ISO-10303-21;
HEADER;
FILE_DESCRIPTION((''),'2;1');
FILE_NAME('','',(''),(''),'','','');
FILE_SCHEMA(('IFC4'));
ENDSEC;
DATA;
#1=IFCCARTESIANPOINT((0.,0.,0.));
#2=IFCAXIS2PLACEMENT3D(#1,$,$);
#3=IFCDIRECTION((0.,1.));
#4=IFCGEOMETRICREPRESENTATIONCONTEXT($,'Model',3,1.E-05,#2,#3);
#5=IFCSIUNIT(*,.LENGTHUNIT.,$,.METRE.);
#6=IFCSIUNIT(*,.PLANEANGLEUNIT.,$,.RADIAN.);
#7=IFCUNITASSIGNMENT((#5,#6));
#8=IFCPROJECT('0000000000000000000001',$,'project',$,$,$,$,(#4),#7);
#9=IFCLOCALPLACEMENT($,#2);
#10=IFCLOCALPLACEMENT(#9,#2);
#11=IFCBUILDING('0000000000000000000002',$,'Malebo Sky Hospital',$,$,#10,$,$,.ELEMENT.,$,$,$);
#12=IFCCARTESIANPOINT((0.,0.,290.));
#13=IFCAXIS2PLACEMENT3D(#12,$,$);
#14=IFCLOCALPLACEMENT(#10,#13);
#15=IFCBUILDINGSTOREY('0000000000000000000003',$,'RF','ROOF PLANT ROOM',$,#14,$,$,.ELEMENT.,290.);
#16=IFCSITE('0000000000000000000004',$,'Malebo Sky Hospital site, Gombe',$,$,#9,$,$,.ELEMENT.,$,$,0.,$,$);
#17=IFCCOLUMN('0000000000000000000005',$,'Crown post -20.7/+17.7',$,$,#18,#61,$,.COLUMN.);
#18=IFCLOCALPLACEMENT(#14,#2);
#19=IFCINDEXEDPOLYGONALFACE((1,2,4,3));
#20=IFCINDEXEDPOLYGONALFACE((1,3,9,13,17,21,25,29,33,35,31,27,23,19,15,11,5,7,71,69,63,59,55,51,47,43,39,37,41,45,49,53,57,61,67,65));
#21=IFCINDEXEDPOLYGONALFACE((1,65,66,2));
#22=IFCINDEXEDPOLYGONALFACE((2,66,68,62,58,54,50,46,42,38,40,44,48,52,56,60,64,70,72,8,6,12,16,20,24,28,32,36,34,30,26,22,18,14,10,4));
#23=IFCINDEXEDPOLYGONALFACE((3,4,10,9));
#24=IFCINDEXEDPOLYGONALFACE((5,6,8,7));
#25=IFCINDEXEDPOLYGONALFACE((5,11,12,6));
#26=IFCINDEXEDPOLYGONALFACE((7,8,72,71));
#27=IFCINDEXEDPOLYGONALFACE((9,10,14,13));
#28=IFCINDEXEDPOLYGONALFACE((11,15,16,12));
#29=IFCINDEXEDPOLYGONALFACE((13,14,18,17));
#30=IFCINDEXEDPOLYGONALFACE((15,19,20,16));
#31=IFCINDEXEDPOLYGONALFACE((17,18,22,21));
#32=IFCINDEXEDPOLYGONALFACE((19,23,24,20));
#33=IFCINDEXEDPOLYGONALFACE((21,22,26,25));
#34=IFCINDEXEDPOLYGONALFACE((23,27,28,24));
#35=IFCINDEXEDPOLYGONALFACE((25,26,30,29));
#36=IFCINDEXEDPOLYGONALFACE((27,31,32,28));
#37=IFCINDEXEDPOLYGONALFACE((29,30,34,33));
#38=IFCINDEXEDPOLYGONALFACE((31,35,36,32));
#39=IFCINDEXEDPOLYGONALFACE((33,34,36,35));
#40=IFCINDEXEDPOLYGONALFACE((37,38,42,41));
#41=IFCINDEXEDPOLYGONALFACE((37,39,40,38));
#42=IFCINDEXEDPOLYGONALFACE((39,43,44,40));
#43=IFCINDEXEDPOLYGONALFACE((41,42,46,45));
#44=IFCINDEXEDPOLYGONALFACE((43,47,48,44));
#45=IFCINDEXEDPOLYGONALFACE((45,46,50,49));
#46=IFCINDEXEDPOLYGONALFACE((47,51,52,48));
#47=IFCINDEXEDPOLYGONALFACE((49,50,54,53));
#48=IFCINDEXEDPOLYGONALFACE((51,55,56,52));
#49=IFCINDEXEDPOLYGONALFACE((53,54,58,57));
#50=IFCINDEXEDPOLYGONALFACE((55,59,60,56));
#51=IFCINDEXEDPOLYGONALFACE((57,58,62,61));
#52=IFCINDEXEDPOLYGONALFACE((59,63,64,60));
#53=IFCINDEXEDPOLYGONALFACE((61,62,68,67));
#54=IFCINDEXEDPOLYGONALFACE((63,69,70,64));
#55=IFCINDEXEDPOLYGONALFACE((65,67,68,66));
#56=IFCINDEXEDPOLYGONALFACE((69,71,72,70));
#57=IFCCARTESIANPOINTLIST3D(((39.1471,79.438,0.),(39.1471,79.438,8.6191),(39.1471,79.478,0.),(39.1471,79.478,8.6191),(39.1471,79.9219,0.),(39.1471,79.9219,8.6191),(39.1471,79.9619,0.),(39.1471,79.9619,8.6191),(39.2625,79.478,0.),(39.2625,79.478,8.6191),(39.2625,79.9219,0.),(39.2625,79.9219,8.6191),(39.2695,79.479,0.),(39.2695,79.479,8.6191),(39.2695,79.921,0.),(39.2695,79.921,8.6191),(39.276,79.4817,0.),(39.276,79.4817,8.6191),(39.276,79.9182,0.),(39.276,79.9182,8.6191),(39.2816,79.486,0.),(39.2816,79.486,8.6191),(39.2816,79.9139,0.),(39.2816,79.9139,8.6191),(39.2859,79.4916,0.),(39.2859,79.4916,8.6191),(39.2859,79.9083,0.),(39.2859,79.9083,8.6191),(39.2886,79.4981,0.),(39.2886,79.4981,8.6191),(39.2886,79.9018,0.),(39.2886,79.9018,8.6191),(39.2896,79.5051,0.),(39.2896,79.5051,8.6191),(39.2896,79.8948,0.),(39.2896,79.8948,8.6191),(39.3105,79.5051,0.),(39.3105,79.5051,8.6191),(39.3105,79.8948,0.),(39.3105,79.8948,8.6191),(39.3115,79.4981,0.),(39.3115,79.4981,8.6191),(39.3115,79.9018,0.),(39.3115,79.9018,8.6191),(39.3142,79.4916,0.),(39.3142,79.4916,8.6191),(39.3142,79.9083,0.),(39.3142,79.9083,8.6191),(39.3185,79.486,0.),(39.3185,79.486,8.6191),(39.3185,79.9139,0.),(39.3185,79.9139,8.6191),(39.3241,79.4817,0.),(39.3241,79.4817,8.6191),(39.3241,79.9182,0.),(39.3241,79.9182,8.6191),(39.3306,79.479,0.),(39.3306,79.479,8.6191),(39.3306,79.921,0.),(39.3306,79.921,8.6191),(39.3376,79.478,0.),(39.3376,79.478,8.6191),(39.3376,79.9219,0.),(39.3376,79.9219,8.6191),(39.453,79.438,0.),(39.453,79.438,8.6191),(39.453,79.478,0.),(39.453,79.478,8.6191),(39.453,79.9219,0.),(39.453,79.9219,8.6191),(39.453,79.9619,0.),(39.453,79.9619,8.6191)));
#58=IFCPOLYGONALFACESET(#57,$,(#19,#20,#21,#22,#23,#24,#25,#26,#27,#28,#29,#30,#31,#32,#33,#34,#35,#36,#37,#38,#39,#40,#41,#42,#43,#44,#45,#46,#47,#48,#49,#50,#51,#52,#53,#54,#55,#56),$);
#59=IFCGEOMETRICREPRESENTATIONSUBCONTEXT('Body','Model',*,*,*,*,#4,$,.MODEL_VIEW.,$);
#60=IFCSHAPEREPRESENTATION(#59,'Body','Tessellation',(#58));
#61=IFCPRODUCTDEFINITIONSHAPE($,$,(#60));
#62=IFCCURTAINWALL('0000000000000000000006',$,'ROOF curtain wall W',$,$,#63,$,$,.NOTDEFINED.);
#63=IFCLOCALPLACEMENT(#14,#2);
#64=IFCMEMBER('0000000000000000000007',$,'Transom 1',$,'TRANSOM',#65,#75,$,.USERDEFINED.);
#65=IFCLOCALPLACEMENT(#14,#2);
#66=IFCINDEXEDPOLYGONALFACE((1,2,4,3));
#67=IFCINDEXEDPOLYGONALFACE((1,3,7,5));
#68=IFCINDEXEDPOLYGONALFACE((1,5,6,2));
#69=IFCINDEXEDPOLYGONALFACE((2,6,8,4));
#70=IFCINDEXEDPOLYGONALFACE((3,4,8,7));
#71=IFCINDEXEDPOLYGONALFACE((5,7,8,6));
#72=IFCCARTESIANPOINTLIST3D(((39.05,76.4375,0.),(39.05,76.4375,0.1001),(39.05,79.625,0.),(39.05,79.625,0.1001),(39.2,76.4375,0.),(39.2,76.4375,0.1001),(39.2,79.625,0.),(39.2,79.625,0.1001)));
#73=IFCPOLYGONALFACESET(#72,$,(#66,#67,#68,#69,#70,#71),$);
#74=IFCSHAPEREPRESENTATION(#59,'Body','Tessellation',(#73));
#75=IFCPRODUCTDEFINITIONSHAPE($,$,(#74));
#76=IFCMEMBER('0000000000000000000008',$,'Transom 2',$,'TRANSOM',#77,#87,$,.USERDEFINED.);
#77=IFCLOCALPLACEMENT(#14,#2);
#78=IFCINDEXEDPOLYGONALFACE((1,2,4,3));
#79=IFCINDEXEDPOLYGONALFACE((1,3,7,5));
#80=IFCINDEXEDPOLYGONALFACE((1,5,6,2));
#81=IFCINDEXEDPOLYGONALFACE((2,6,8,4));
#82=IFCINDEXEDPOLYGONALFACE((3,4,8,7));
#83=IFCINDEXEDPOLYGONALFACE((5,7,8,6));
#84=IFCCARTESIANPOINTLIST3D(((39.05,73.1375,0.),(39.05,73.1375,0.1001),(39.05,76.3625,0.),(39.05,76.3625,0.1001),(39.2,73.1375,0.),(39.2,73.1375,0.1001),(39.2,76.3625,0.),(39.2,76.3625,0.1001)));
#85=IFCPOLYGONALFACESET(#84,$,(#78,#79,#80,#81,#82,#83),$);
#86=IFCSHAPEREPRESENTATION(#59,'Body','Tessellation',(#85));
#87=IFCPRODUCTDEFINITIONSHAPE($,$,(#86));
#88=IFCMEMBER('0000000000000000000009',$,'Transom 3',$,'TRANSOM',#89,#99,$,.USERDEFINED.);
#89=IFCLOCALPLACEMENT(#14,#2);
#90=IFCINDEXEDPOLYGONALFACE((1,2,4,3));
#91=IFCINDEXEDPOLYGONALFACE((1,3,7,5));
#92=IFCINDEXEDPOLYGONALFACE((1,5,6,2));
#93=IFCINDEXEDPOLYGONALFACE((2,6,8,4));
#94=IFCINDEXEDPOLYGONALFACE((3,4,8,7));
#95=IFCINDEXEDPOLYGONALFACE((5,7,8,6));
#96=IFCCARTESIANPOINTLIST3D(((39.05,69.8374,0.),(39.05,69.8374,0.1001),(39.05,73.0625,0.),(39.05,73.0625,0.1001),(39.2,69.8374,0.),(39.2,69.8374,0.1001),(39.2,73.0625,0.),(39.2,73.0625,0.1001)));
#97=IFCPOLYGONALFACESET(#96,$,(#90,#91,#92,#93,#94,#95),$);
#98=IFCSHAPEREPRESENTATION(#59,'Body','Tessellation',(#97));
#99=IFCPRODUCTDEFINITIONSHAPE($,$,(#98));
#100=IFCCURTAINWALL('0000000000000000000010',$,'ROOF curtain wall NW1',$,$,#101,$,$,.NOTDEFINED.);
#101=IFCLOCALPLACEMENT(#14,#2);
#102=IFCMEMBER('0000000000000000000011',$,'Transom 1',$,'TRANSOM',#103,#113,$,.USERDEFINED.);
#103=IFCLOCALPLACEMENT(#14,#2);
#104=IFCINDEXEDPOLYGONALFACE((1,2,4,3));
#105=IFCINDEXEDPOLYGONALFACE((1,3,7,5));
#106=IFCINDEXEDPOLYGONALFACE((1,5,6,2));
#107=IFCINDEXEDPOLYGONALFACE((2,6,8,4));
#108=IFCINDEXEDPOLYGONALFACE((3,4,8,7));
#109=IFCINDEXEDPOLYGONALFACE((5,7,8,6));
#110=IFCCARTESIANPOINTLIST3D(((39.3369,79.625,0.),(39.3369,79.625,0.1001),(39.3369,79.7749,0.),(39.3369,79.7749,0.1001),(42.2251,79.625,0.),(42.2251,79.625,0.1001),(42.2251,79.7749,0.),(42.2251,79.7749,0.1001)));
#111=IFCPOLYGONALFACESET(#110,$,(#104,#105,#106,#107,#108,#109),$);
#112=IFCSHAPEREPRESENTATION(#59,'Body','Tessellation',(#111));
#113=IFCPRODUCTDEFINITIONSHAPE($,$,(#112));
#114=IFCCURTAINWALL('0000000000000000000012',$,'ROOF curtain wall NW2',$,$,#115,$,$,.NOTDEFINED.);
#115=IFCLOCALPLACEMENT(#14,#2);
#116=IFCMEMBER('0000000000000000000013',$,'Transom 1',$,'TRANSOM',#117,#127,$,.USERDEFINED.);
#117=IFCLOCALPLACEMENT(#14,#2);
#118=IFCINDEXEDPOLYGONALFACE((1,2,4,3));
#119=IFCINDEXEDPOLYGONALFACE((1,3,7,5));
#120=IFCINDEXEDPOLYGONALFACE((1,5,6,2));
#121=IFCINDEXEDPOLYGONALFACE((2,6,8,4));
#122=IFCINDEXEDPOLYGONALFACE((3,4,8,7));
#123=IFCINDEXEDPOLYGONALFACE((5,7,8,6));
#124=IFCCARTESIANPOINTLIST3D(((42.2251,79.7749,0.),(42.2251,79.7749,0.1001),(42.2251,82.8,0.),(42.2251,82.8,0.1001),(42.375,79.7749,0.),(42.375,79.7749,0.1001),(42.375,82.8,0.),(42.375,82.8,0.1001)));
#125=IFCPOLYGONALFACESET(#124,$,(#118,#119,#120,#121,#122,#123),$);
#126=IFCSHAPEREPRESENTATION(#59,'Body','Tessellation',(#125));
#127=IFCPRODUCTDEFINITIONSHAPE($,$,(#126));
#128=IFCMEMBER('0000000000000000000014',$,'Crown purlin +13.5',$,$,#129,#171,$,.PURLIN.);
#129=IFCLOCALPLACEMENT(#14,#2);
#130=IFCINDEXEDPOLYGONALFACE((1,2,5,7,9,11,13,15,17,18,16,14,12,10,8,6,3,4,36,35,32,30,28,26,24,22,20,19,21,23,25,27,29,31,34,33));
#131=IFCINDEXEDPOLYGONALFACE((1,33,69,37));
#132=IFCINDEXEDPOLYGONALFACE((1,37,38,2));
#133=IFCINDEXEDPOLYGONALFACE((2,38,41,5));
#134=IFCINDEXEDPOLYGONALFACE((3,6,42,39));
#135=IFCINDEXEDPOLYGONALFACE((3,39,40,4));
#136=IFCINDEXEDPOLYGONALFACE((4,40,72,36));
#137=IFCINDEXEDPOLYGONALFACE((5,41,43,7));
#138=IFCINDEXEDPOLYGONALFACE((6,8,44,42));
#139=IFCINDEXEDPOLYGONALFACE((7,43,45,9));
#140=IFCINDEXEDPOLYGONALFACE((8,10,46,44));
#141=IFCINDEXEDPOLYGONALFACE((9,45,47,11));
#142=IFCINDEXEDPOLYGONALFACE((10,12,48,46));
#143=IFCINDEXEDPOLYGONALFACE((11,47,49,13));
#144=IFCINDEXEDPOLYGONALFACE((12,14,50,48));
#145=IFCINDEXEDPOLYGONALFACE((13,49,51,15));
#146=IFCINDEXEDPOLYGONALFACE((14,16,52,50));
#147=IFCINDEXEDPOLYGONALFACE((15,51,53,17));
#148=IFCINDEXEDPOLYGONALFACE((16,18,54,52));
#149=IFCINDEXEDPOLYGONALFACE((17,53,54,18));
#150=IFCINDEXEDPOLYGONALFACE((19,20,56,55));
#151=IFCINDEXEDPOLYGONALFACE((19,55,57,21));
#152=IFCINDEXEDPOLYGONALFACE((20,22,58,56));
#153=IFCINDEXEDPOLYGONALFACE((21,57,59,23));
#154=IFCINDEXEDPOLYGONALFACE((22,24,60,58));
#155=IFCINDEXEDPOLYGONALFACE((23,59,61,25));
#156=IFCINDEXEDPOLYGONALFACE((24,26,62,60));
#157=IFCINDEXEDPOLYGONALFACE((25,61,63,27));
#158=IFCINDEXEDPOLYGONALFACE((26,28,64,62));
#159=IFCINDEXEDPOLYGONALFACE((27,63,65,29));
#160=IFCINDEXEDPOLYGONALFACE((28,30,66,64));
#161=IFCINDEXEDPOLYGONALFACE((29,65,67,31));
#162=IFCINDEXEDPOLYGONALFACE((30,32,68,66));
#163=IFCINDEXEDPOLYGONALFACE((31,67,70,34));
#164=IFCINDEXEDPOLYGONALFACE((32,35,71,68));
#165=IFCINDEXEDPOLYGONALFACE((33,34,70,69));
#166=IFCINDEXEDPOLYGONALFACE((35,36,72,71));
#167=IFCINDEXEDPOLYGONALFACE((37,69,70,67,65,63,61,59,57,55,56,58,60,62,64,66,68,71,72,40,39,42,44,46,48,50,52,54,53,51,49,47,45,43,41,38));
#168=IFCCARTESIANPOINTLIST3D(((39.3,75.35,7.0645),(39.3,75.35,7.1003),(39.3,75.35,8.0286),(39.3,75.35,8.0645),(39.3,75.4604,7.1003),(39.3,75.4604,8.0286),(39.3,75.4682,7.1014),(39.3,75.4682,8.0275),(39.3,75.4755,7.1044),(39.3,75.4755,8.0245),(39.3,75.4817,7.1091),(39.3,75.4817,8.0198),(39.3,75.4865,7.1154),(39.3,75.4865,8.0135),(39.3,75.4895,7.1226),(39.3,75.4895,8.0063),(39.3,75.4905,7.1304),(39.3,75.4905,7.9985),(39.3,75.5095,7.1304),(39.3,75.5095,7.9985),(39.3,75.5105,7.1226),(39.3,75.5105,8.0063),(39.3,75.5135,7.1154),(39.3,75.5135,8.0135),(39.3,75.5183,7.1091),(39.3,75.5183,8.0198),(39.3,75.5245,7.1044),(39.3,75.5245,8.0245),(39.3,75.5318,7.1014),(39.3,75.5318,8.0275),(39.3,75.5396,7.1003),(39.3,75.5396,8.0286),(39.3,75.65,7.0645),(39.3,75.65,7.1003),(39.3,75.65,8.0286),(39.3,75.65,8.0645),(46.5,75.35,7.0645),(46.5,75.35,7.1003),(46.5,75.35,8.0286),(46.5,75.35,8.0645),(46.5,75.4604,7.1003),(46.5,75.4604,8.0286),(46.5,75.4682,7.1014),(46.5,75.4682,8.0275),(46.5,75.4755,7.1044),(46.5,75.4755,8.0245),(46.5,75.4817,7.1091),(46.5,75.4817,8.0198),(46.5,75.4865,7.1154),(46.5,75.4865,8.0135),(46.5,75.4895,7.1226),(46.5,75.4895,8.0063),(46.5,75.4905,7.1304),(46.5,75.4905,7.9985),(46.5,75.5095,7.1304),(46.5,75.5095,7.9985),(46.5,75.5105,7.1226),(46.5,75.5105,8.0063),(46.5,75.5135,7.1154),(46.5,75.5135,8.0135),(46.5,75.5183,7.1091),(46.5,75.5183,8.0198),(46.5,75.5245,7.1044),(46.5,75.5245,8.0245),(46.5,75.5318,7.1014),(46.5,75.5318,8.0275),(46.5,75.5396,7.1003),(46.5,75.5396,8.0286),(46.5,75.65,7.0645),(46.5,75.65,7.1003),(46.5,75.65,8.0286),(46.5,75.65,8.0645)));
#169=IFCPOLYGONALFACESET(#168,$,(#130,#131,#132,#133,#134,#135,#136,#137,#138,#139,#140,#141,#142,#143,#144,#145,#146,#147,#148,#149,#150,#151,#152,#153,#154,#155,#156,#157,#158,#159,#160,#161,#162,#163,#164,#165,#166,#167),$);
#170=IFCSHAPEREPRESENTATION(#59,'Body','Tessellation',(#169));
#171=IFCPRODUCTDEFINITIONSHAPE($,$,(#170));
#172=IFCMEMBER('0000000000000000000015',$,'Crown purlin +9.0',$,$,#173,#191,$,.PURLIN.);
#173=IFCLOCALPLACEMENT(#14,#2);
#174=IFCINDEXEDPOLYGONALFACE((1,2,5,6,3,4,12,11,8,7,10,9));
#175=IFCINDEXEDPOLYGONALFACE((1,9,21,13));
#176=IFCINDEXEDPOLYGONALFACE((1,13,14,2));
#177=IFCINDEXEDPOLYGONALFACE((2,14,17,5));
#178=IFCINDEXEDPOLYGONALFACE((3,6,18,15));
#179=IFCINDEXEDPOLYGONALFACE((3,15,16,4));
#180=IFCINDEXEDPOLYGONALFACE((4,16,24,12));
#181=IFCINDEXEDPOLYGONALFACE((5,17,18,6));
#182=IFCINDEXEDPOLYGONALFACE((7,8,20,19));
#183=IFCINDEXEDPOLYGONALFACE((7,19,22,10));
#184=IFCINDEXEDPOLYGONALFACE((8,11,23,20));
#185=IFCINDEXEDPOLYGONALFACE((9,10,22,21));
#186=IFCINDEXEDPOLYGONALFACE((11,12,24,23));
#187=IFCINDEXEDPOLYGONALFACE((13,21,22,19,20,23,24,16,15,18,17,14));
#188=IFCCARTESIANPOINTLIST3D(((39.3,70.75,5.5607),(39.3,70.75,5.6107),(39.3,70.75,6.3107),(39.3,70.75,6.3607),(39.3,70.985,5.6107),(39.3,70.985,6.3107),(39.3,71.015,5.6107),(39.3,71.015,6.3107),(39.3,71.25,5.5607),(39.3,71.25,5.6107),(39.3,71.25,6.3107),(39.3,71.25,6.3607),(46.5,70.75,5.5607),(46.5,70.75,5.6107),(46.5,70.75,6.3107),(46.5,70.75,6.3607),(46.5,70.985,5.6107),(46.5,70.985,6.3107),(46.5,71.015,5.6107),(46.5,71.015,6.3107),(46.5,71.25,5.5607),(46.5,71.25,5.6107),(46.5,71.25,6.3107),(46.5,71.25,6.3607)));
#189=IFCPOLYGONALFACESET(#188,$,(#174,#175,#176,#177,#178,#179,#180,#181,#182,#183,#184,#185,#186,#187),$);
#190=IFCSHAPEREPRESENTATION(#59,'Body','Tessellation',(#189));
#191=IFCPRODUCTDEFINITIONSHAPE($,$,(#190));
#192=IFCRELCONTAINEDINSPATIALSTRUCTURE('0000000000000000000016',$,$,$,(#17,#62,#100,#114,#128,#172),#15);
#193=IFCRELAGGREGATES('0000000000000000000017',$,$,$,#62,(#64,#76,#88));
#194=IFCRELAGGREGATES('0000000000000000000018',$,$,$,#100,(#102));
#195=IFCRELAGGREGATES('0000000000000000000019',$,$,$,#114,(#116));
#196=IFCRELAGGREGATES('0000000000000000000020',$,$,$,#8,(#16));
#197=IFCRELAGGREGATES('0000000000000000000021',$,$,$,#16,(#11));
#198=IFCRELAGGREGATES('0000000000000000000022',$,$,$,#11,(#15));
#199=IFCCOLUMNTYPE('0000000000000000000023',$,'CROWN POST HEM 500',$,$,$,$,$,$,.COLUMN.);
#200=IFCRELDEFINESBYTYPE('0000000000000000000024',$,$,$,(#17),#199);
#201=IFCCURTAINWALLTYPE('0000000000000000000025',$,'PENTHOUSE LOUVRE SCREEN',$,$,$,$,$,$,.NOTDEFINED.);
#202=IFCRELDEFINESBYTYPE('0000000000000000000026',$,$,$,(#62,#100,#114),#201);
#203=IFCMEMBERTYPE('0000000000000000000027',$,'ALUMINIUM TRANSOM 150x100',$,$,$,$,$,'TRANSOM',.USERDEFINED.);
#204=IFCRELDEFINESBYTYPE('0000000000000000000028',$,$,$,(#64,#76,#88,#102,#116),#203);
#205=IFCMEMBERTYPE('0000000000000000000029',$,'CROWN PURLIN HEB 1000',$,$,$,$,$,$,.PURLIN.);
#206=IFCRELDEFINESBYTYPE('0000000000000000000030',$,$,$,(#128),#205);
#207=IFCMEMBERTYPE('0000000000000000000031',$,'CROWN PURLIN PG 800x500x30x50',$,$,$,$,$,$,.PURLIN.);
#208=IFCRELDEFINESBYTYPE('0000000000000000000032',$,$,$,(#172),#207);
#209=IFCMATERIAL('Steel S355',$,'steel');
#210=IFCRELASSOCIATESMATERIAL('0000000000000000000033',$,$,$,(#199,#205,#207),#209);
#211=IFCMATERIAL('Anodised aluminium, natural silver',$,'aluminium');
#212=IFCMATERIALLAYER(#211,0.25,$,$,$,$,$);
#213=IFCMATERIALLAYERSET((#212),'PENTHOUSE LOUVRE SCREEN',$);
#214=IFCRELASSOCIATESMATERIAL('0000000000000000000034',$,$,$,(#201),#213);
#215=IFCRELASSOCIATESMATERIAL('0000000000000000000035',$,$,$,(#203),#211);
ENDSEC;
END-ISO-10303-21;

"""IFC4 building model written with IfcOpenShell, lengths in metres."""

from ifc_helpers import new_model, si_unit, direction, frame, origin, origin_2d, place, context, subcontext, project, spatial, rectangle, i_section, extrude, material, layer, layer_set, material_profile, profile_set, type_object, element, aggregate, save


model = new_model("IFC4")

# Units and contexts
model_context = context("Model", 3, precision=1e-05, world=origin(), true_north=direction((0.0, 1.0)))
body_context = subcontext(model_context, "Body", "Model", "MODEL_VIEW")
ifc_project = project(units=[si_unit("LENGTHUNIT", "METRE"), si_unit("PLANEANGLEUNIT", "RADIAN")], contexts=[model_context])

# Site, building, storey
site_placement = place(None, origin())
site = spatial("IfcSite", under=ifc_project, at=site_placement, Name="Malebo Sky Hospital site, Gombe", CompositionType="ELEMENT", RefElevation=0.0)
building_placement = place(site_placement, origin())
building = spatial("IfcBuilding", under=site, at=building_placement, Name="Malebo Sky Hospital", CompositionType="ELEMENT")
storey_placement = place(building_placement, frame((0.0, 0.0, 290.0)))
storey = spatial("IfcBuildingStorey", under=building, at=storey_placement, Name="RF", Description="ROOF PLANT ROOM", CompositionType="ELEMENT", Elevation=290.0)

# Column
ifc_material_1 = material(Name="Steel S355", Category="steel")
ifc_material_profile_1 = material_profile(ifc_material_1, i_section(OverallWidth=0.3059, OverallDepth=0.5239, WebThickness=0.021, FlangeThickness=0.04, FilletRadius=0.0271, at=origin_2d()), Name="HEM 500")
ifc_profile_set_1 = profile_set([ifc_material_profile_1], Name="Steel S355")
column_type = type_object("IfcColumnType", Name="CROWN POST HEM 500", PredefinedType="COLUMN", material=ifc_profile_set_1)
column_placement = place(storey_placement, frame((39.3, 79.7, 0.0), z_axis=(0.0, 0.0, 1.0), x_axis=(1.0, 0.0, 0.0)))
element("IfcColumn", 1, at=column_placement, inside=storey, type_object=column_type, Name="Crown post -20.7/+17.7", PredefinedType="COLUMN", context=body_context, shape_type="SweptSolid", body=[
    extrude(i_section(OverallWidth=0.3059, OverallDepth=0.5239, WebThickness=0.021, FlangeThickness=0.04, FilletRadius=0.0271, at=origin_2d()), origin(), (0.0, 0.0, 1.0), 8.6191),
])

# Curtain wall, members
ifc_material_2 = material(Name="Anodised aluminium, natural silver", Category="aluminium")
ifc_layer_1 = layer(ifc_material_2, 0.25)
ifc_layer_set_1 = layer_set([ifc_layer_1], Name="PENTHOUSE LOUVRE SCREEN")
curtain_wall_type = type_object("IfcCurtainWallType", Name="PENTHOUSE LOUVRE SCREEN", PredefinedType="NOTDEFINED", material=ifc_layer_set_1)
curtain_wall_1_placement = place(storey_placement, origin())
curtain_wall_1 = element("IfcCurtainWall", 2, at=curtain_wall_1_placement, inside=storey, type_object=curtain_wall_type, Name="ROOF curtain wall W", PredefinedType="NOTDEFINED")
ifc_material_profile_2 = material_profile(ifc_material_2, rectangle(XDim=0.1499, YDim=0.1001, at=origin_2d()), Name="ALUMINIUM TRANSOM 150x100")
ifc_profile_set_2 = profile_set([ifc_material_profile_2], Name="Anodised aluminium, natural silver")
member_type_1 = type_object("IfcMemberType", Name="ALUMINIUM TRANSOM 150x100", ElementType="TRANSOM", PredefinedType="USERDEFINED", material=ifc_profile_set_2)
member_1_placement = place(storey_placement, frame((39.125, 79.625, 0.05), z_axis=(0.0, -1.0, 0.0), x_axis=(1.0, 0.0, 0.0)))
member_1 = element("IfcMember", 3, at=member_1_placement, type_object=member_type_1, Name="Transom 1", ObjectType="TRANSOM", PredefinedType="USERDEFINED", context=body_context, shape_type="SweptSolid", body=[
    extrude(rectangle(XDim=0.1499, YDim=0.1001, at=origin_2d()), origin(), (0.0, 0.0, 1.0), 3.1875),
])
member_2_placement = place(storey_placement, frame((39.125, 76.3625, 0.05), z_axis=(0.0, -1.0, 0.0), x_axis=(1.0, 0.0, 0.0)))
member_2 = element("IfcMember", 4, at=member_2_placement, type_object=member_type_1, Name="Transom 2", ObjectType="TRANSOM", PredefinedType="USERDEFINED", context=body_context, shape_type="SweptSolid", body=[
    extrude(rectangle(XDim=0.1499, YDim=0.1001, at=origin_2d()), origin(), (0.0, 0.0, 1.0), 3.2251),
])
member_3_placement = place(storey_placement, frame((39.125, 73.0625, 0.05), z_axis=(0.0, -1.0, 0.0), x_axis=(1.0, 0.0, 0.0)))
member_3 = element("IfcMember", 5, at=member_3_placement, type_object=member_type_1, Name="Transom 3", ObjectType="TRANSOM", PredefinedType="USERDEFINED", context=body_context, shape_type="SweptSolid", body=[
    extrude(rectangle(XDim=0.1499, YDim=0.1001, at=origin_2d()), origin(), (0.0, 0.0, 1.0), 3.2251),
])

# Curtain walls, members
curtain_wall_2_placement = place(storey_placement, origin())
curtain_wall_2 = element("IfcCurtainWall", 6, at=curtain_wall_2_placement, inside=storey, type_object=curtain_wall_type, Name="ROOF curtain wall NW1", PredefinedType="NOTDEFINED")
member_4_placement = place(storey_placement, frame((39.3369, 79.7, 0.05), z_axis=(1.0, 0.0, 0.0), x_axis=(0.0, 1.0, 0.0)))
member_4 = element("IfcMember", 7, at=member_4_placement, type_object=member_type_1, Name="Transom 1", ObjectType="TRANSOM", PredefinedType="USERDEFINED", context=body_context, shape_type="SweptSolid", body=[
    extrude(rectangle(XDim=0.1499, YDim=0.1001, at=origin_2d()), origin(), (0.0, 0.0, 1.0), 2.8882),
])
curtain_wall_3_placement = place(storey_placement, origin())
curtain_wall_3 = element("IfcCurtainWall", 8, at=curtain_wall_3_placement, inside=storey, type_object=curtain_wall_type, Name="ROOF curtain wall NW2", PredefinedType="NOTDEFINED")
member_5_placement = place(storey_placement, frame((42.3, 79.7749, 0.05), z_axis=(0.0, 1.0, 0.0), x_axis=(-1.0, 0.0, 0.0)))
member_5 = element("IfcMember", 9, at=member_5_placement, type_object=member_type_1, Name="Transom 1", ObjectType="TRANSOM", PredefinedType="USERDEFINED", context=body_context, shape_type="SweptSolid", body=[
    extrude(rectangle(XDim=0.1499, YDim=0.1001, at=origin_2d()), origin(), (0.0, 0.0, 1.0), 3.0251),
])

# Members
ifc_material_profile_3 = material_profile(ifc_material_1, i_section(OverallWidth=0.3, OverallDepth=1.0, WebThickness=0.019, FlangeThickness=0.0359, FilletRadius=0.03, at=origin_2d()), Name="HEB 1000")
ifc_profile_set_3 = profile_set([ifc_material_profile_3], Name="Steel S355")
member_type_2 = type_object("IfcMemberType", Name="CROWN PURLIN HEB 1000", PredefinedType="PURLIN", material=ifc_profile_set_3)
member_6_placement = place(storey_placement, frame((39.3, 75.5, 7.5645), z_axis=(1.0, 0.0, 0.0), x_axis=(0.0, 1.0, 0.0)))
element("IfcMember", 10, at=member_6_placement, inside=storey, type_object=member_type_2, Name="Crown purlin +13.5", PredefinedType="PURLIN", context=body_context, shape_type="SweptSolid", body=[
    extrude(i_section(OverallWidth=0.3, OverallDepth=1.0, WebThickness=0.019, FlangeThickness=0.0359, FilletRadius=0.03, at=origin_2d()), origin(), (0.0, 0.0, 1.0), 7.2),
])
ifc_material_profile_4 = material_profile(ifc_material_1, i_section(OverallWidth=0.5, OverallDepth=0.8, WebThickness=0.03, FlangeThickness=0.05, at=origin_2d()), Name="PG 800x500x30x50")
ifc_profile_set_4 = profile_set([ifc_material_profile_4], Name="Steel S355")
member_type_3 = type_object("IfcMemberType", Name="CROWN PURLIN PG 800x500x30x50", PredefinedType="PURLIN", material=ifc_profile_set_4)
member_7_placement = place(storey_placement, frame((39.3, 71.0, 5.9607), z_axis=(1.0, 0.0, 0.0), x_axis=(0.0, 1.0, 0.0)))
element("IfcMember", 11, at=member_7_placement, inside=storey, type_object=member_type_3, Name="Crown purlin +9.0", PredefinedType="PURLIN", context=body_context, shape_type="SweptSolid", body=[
    extrude(i_section(OverallWidth=0.5, OverallDepth=0.8, WebThickness=0.03, FlangeThickness=0.05, at=origin_2d()), origin(), (0.0, 0.0, 1.0), 7.2),
])

aggregate(curtain_wall_1, [member_1, member_2, member_3])
aggregate(curtain_wall_2, [member_4])
aggregate(curtain_wall_3, [member_5])

save(model, "model.ifc")
